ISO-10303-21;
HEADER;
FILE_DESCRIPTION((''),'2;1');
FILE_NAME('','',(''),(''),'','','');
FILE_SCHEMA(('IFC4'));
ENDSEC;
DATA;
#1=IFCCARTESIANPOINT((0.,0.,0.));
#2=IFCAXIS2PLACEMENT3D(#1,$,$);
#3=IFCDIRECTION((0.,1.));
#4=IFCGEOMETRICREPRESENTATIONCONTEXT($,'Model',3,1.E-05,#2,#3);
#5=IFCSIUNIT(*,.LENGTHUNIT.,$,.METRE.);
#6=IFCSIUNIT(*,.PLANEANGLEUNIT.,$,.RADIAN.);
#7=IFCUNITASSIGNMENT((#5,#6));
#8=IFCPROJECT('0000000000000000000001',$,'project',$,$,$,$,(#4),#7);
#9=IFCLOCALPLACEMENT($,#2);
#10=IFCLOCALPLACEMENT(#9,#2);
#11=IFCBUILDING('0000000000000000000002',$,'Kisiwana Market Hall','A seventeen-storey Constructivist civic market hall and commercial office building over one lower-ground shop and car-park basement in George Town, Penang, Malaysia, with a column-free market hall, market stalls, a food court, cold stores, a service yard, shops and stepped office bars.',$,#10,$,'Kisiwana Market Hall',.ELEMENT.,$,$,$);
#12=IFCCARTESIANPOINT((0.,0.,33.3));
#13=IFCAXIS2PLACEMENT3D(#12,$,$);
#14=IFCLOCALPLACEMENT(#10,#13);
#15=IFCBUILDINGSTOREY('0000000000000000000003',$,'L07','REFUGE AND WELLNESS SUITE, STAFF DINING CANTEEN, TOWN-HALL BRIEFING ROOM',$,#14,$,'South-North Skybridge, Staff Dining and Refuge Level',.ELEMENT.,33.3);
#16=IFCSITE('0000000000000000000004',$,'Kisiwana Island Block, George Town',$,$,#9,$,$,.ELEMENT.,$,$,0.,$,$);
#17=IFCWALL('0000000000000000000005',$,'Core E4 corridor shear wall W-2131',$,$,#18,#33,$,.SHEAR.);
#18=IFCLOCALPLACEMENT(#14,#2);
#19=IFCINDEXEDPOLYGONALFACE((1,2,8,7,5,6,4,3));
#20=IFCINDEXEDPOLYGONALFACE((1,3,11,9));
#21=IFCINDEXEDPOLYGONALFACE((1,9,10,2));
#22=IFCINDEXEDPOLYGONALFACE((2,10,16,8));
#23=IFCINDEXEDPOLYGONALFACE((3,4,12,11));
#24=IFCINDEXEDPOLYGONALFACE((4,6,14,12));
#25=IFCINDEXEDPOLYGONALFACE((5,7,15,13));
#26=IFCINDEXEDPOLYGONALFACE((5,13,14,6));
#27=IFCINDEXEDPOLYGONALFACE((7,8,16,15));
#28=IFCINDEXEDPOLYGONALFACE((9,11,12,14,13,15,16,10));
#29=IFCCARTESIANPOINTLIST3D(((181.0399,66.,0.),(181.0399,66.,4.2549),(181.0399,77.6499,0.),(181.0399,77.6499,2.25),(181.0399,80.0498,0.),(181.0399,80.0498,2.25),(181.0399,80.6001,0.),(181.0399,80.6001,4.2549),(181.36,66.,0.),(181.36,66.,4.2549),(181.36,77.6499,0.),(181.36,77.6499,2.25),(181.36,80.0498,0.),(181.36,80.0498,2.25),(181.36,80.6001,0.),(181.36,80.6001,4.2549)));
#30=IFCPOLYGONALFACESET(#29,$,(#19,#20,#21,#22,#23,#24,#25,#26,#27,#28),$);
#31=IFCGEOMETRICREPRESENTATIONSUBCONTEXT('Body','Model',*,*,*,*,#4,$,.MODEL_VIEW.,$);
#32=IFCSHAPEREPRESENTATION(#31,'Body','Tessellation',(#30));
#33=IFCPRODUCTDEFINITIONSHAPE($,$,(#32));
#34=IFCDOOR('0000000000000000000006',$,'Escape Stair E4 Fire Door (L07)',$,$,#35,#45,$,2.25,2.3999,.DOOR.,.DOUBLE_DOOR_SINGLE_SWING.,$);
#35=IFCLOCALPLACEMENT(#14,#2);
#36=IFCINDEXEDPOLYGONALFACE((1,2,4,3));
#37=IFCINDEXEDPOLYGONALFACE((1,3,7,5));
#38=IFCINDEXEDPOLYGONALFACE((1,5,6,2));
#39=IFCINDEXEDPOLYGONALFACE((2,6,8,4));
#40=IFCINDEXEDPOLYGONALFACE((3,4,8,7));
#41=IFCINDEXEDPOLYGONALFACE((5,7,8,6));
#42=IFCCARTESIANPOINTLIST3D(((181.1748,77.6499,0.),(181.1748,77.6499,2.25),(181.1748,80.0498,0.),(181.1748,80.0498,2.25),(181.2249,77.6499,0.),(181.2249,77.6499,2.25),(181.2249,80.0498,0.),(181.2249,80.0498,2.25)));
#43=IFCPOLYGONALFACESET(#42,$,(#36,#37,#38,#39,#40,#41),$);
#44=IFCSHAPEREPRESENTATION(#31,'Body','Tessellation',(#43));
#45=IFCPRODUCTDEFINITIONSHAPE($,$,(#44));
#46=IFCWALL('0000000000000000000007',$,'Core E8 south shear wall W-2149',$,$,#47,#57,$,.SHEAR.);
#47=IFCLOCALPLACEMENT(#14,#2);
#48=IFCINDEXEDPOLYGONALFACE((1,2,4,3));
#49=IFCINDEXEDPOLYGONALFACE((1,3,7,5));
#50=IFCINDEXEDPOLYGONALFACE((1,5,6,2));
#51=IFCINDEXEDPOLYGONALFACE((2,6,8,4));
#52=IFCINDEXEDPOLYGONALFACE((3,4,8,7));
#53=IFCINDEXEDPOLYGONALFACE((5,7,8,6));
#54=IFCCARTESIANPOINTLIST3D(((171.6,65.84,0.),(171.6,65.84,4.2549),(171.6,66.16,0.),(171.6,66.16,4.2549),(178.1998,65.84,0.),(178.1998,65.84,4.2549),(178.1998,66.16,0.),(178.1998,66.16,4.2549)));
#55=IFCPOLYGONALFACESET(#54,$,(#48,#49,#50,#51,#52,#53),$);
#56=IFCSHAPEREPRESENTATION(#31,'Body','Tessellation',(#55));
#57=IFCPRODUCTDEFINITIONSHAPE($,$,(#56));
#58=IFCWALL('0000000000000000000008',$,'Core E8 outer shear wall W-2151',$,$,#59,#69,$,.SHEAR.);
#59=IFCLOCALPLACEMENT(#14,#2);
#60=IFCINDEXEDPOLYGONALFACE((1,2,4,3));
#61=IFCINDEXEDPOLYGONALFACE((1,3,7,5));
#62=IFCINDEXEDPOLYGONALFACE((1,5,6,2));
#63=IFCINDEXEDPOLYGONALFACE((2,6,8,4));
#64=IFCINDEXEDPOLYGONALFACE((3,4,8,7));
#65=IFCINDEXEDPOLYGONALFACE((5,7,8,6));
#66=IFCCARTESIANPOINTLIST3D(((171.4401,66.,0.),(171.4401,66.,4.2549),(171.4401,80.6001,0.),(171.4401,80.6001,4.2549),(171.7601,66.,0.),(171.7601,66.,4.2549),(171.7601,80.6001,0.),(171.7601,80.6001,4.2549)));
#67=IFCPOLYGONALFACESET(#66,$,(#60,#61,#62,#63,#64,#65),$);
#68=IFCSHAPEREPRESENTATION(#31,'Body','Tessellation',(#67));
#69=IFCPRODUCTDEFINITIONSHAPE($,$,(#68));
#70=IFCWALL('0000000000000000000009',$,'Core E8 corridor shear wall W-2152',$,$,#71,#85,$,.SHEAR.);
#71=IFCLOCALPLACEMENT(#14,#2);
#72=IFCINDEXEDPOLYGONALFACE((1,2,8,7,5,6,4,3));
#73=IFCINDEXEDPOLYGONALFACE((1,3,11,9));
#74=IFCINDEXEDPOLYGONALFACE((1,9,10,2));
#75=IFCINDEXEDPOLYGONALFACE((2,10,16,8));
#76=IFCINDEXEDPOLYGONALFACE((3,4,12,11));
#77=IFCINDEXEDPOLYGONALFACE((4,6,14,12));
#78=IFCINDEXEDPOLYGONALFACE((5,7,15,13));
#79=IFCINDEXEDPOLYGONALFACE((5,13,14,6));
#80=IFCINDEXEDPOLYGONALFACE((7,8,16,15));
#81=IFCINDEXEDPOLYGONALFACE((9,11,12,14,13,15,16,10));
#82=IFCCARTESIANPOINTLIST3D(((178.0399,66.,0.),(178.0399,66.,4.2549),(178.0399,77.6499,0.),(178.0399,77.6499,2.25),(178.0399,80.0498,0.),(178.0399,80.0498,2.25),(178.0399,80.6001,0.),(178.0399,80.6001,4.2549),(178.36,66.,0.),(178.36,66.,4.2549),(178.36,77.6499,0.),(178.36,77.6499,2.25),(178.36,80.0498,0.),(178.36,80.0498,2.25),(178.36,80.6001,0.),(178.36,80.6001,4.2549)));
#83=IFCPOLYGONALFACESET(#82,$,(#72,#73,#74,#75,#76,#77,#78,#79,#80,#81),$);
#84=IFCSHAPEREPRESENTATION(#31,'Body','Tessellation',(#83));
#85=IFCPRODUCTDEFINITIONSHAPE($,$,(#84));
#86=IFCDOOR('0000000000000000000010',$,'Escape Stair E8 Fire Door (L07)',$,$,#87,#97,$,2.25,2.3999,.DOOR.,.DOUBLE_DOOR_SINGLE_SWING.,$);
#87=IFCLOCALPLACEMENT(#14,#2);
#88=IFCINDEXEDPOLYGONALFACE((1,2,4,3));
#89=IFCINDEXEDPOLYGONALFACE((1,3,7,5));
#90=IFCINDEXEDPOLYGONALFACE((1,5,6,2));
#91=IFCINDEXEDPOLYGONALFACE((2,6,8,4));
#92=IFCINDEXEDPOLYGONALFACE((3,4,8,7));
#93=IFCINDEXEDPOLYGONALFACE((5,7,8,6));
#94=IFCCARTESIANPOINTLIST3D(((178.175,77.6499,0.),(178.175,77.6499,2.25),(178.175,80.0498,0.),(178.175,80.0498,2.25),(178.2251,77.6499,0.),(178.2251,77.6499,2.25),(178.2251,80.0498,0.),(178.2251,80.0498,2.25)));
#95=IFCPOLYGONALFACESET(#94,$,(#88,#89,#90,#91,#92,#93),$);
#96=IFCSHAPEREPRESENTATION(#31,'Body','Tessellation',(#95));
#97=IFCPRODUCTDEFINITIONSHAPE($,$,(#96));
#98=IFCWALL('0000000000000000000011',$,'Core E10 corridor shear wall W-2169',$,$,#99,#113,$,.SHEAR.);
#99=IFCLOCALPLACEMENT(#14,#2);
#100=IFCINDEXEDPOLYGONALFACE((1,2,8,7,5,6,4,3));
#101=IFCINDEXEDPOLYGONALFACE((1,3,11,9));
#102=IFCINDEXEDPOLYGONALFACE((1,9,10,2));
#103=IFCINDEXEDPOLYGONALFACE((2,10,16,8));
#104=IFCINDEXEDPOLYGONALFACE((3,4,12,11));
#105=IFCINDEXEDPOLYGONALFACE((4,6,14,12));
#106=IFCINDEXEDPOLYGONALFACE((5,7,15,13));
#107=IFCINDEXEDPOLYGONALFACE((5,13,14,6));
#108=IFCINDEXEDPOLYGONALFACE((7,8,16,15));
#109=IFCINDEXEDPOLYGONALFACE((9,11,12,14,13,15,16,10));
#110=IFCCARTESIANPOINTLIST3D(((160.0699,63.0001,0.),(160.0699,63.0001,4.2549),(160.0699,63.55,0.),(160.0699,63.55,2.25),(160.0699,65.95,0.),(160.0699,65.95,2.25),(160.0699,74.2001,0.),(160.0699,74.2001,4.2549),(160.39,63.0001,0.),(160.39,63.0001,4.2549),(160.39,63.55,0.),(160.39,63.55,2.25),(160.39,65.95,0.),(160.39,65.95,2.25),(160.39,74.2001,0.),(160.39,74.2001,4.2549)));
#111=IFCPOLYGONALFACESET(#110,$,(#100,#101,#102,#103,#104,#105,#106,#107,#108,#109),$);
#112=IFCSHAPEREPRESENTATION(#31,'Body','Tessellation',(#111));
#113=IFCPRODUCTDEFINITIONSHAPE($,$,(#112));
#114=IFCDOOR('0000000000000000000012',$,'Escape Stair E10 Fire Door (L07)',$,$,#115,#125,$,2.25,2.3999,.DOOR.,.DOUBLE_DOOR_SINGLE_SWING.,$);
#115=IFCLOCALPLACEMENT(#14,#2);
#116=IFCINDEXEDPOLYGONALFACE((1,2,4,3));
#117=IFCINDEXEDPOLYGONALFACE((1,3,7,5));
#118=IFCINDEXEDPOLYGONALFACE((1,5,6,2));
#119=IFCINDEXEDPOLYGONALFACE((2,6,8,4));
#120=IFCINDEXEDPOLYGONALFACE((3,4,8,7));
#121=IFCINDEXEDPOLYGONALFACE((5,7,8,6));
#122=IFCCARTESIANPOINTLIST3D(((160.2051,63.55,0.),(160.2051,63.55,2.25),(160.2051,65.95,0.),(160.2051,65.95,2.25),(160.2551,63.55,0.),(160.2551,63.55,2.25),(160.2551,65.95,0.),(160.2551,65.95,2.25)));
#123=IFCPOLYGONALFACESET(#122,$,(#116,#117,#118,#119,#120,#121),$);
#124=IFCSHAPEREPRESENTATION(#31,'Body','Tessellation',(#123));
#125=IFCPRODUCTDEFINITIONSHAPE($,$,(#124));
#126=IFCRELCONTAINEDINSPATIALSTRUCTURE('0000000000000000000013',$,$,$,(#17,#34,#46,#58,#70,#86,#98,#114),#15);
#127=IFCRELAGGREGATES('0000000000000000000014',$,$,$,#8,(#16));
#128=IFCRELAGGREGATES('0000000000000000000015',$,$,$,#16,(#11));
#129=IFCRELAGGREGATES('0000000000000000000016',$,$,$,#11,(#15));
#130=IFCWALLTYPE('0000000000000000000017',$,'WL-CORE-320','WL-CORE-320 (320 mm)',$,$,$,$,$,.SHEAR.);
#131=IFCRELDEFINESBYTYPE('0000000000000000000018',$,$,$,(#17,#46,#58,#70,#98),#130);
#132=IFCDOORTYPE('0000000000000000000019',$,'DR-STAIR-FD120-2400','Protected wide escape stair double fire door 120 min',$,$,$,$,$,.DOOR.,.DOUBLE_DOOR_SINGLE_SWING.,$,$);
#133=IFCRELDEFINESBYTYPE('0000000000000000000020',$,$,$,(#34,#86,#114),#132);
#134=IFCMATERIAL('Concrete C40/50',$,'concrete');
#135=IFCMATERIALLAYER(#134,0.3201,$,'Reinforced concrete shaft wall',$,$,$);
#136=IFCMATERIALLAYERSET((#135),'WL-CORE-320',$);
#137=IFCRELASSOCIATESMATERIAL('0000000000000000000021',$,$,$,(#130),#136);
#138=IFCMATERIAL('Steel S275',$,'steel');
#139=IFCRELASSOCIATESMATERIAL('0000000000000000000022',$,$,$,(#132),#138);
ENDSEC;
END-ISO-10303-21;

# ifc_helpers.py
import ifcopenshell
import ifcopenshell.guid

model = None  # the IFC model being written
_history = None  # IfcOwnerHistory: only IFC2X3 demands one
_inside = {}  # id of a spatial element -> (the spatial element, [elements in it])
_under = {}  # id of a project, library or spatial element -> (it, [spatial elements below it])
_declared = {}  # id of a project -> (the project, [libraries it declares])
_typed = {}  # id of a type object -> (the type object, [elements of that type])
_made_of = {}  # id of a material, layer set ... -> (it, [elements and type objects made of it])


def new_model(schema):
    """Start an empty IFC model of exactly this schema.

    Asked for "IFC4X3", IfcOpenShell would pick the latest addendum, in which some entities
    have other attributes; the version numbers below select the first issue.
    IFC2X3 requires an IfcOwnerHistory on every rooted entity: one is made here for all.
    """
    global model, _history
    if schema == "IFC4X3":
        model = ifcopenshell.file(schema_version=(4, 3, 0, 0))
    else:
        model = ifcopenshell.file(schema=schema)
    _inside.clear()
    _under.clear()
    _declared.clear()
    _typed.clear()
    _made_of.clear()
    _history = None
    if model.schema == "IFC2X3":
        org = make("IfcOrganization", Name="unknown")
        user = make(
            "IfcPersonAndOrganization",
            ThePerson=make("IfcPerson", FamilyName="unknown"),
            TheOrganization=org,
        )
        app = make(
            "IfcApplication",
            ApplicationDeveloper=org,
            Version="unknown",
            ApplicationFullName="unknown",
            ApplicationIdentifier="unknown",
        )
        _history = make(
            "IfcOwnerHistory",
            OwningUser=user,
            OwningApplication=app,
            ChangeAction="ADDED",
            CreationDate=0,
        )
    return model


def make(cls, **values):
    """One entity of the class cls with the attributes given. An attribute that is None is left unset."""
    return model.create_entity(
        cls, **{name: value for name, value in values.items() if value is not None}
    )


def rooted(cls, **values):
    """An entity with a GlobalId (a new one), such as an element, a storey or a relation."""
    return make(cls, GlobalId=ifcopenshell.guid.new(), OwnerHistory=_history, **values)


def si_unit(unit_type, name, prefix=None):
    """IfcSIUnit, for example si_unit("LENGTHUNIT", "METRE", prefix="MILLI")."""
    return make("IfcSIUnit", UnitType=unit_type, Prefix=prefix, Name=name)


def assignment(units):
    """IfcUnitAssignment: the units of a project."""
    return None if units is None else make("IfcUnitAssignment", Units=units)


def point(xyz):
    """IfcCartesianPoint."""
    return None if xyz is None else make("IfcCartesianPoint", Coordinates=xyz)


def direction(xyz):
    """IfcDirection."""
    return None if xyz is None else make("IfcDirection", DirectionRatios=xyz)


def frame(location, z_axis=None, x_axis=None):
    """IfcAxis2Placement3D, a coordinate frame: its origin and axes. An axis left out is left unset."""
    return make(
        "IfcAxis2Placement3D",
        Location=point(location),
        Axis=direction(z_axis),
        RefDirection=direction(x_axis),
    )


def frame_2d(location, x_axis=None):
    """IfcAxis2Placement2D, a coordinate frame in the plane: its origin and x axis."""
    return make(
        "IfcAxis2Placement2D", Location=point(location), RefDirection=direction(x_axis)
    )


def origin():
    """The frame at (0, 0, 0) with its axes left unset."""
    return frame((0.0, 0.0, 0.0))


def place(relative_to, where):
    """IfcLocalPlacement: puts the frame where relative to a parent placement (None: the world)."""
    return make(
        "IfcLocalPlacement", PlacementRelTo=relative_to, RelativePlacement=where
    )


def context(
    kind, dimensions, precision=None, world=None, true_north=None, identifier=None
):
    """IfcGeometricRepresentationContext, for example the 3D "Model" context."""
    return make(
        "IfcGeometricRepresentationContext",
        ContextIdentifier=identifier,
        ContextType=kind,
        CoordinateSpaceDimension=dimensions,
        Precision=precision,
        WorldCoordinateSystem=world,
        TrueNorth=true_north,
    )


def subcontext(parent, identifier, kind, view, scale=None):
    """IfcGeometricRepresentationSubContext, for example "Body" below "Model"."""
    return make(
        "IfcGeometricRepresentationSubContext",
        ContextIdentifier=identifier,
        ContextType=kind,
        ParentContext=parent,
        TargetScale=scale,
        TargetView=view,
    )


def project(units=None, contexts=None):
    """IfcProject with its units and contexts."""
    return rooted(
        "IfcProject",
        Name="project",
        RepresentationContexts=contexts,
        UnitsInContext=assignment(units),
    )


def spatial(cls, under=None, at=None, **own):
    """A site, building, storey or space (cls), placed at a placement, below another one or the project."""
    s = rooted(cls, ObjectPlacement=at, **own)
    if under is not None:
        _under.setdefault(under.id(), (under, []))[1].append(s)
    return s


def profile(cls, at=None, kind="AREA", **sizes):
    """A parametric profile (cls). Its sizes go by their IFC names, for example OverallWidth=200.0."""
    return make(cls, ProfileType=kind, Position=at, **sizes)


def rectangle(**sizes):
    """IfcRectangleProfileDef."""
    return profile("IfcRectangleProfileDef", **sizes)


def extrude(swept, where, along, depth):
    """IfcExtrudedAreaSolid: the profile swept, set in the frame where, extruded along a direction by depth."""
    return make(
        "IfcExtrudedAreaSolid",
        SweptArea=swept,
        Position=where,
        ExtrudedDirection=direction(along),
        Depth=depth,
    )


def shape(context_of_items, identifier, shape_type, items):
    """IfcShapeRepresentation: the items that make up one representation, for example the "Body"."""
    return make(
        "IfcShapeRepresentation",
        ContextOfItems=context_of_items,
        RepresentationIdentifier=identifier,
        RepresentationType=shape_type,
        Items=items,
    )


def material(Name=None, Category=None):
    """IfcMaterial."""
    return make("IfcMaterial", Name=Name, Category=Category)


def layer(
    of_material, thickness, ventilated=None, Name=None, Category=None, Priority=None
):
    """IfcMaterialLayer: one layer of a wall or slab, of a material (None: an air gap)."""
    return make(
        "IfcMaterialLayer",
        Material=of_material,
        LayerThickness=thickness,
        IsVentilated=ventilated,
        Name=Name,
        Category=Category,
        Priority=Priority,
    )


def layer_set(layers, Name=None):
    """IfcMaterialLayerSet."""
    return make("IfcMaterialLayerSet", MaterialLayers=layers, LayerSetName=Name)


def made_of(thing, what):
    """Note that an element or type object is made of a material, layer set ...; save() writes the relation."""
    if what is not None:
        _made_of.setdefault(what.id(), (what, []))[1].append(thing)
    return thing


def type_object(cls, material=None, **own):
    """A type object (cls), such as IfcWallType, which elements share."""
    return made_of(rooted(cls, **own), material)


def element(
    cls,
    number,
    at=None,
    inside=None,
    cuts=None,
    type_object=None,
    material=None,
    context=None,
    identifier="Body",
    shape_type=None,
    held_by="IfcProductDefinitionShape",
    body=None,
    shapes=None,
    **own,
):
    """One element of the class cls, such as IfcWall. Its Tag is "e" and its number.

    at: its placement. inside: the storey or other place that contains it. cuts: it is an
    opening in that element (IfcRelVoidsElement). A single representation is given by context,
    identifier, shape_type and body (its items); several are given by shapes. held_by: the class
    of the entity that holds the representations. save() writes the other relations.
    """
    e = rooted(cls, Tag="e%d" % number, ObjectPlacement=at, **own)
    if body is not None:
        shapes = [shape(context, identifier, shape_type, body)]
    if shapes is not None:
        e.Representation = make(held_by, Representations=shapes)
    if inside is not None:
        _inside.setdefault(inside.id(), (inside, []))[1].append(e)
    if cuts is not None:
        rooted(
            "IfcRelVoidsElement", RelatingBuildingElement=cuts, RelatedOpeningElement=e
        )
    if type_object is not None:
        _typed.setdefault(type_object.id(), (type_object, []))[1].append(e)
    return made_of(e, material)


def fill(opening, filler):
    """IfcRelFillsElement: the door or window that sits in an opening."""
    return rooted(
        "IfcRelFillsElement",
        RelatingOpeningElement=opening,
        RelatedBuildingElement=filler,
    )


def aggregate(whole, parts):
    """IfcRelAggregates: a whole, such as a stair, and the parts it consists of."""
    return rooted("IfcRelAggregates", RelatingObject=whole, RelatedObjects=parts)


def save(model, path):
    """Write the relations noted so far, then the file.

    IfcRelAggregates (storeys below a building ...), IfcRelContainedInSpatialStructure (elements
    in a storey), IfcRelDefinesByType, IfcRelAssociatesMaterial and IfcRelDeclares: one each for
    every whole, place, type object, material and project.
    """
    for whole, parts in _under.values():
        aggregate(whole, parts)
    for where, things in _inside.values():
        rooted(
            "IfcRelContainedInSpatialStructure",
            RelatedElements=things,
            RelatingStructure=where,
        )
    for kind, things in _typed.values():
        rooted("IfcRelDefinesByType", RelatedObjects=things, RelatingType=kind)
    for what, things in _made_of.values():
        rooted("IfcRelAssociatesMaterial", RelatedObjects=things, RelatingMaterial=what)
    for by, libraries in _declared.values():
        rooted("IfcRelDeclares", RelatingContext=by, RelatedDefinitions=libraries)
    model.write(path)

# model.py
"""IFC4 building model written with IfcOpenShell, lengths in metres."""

from ifc_helpers import new_model, si_unit, direction, frame, frame_2d, origin, place, context, subcontext, project, spatial, rectangle, extrude, material, layer, layer_set, type_object, element, fill, save


model = new_model("IFC4")

# Units and contexts
model_context = context("Model", 3, precision=1e-05, world=origin(), true_north=direction((0.0, 1.0)))
body_context = subcontext(model_context, "Body", "Model", "MODEL_VIEW")
ifc_project = project(units=[si_unit("LENGTHUNIT", "METRE"), si_unit("PLANEANGLEUNIT", "RADIAN")], contexts=[model_context])

# Site, building, storey
site_placement = place(None, origin())
site = spatial("IfcSite", under=ifc_project, at=site_placement, Name="Kisiwana Island Block, George Town", CompositionType="ELEMENT", RefElevation=0.0)
building_placement = place(site_placement, origin())
building = spatial("IfcBuilding", under=site, at=building_placement, Name="Kisiwana Market Hall", Description="A seventeen-storey Constructivist civic market hall and commercial office building over one lower-ground shop and car-park basement in George Town, Penang, Malaysia, with a column-free market hall, market stalls, a food court, cold stores, a service yard, shops and stepped office bars.", LongName="Kisiwana Market Hall", CompositionType="ELEMENT")
storey_placement = place(building_placement, frame((0.0, 0.0, 33.3)))
storey = spatial("IfcBuildingStorey", under=building, at=storey_placement, Name="L07", Description="REFUGE AND WELLNESS SUITE, STAFF DINING CANTEEN, TOWN-HALL BRIEFING ROOM", LongName="South-North Skybridge, Staff Dining and Refuge Level", CompositionType="ELEMENT", Elevation=33.3)

# Shared definitions
ifc_material_1 = material(Name="Concrete C40/50", Category="concrete")
ifc_layer = layer(ifc_material_1, 0.3201, Name="Reinforced concrete shaft wall")
ifc_layer_set = layer_set([ifc_layer], Name="WL-CORE-320")
wall_type = type_object("IfcWallType", Name="WL-CORE-320", Description="WL-CORE-320 (320 mm)", PredefinedType="SHEAR", material=ifc_layer_set)

# Wall, opening, door
wall_1_placement = place(storey_placement, frame((181.2, 66.0, 0.0), z_axis=(0.0, 0.0, 1.0), x_axis=(0.0, 1.0, 0.0)))
wall_1 = element("IfcWall", 1, at=wall_1_placement, inside=storey, type_object=wall_type, Name="Core E4 corridor shear wall W-2131", PredefinedType="SHEAR", context=body_context, shape_type="SweptSolid", body=[
    extrude(rectangle(XDim=14.6001, YDim=0.3201, at=frame_2d((7.3, 0.0))), origin(), (0.0, 0.0, 1.0), 4.2549),
])
opening_1_placement = place(wall_1_placement, frame((11.6499, 0.0, 0.0)))
opening_1 = element("IfcOpeningElement", 2, at=opening_1_placement, cuts=wall_1, PredefinedType="OPENING", context=body_context, shape_type="SweptSolid", body=[
    extrude(rectangle(XDim=2.3999, YDim=2.25, at=frame_2d((1.2, 1.125))), frame((0.0, 0.1719, 0.0), z_axis=(0.0, -1.0, 0.0), x_axis=(1.0, 0.0, 0.0)), (0.0, 0.0, 1.0), 0.344),
])
ifc_material_2 = material(Name="Steel S275", Category="steel")
door_type = type_object("IfcDoorType", Name="DR-STAIR-FD120-2400", Description="Protected wide escape stair double fire door 120 min", OperationType="DOUBLE_DOOR_SINGLE_SWING", PredefinedType="DOOR", material=ifc_material_2)
door_1_placement = place(opening_1_placement, frame((2.3999, 0.0, 0.0), z_axis=(0.0, 0.0, 1.0), x_axis=(-1.0, 0.0, 0.0)))
door_1 = element("IfcDoor", 3, at=door_1_placement, inside=storey, type_object=door_type, Name="Escape Stair E4 Fire Door (L07)", OperationType="DOUBLE_DOOR_SINGLE_SWING", OverallHeight=2.25, OverallWidth=2.3999, PredefinedType="DOOR", context=body_context, shape_type="SweptSolid", body=[
    extrude(rectangle(XDim=2.3999, YDim=2.25, at=frame_2d((1.2, 1.125))), frame((0.0, 0.0249, 0.0), z_axis=(0.0, -1.0, 0.0), x_axis=(1.0, 0.0, 0.0)), (0.0, 0.0, 1.0), 0.05),
])
fill(opening_1, door_1)

# Walls
wall_2_placement = place(storey_placement, frame((171.6001, 66.0, 0.0), z_axis=(0.0, 0.0, 1.0), x_axis=(1.0, 0.0, 0.0)))
element("IfcWall", 4, at=wall_2_placement, inside=storey, type_object=wall_type, Name="Core E8 south shear wall W-2149", PredefinedType="SHEAR", context=body_context, shape_type="SweptSolid", body=[
    extrude(rectangle(XDim=6.5999, YDim=0.3201, at=frame_2d((3.2998, 0.0))), origin(), (0.0, 0.0, 1.0), 4.2549),
])
wall_3_placement = place(storey_placement, frame((171.6001, 66.0, 0.0), z_axis=(0.0, 0.0, 1.0), x_axis=(0.0, 1.0, 0.0)))
element("IfcWall", 5, at=wall_3_placement, inside=storey, type_object=wall_type, Name="Core E8 outer shear wall W-2151", PredefinedType="SHEAR", context=body_context, shape_type="SweptSolid", body=[
    extrude(rectangle(XDim=14.6001, YDim=0.3201, at=frame_2d((7.3, 0.0))), origin(), (0.0, 0.0, 1.0), 4.2549),
])

# Walls, openings, doors
wall_4_placement = place(storey_placement, frame((178.2, 66.0, 0.0), z_axis=(0.0, 0.0, 1.0), x_axis=(0.0, 1.0, 0.0)))
wall_4 = element("IfcWall", 6, at=wall_4_placement, inside=storey, type_object=wall_type, Name="Core E8 corridor shear wall W-2152", PredefinedType="SHEAR", context=body_context, shape_type="SweptSolid", body=[
    extrude(rectangle(XDim=14.6001, YDim=0.3201, at=frame_2d((7.3, 0.0))), origin(), (0.0, 0.0, 1.0), 4.2549),
])
opening_2_placement = place(wall_4_placement, frame((11.6499, 0.0, 0.0)))
opening_2 = element("IfcOpeningElement", 7, at=opening_2_placement, cuts=wall_4, PredefinedType="OPENING", context=body_context, shape_type="SweptSolid", body=[
    extrude(rectangle(XDim=2.3999, YDim=2.25, at=frame_2d((1.2, 1.125))), frame((0.0, 0.1719, 0.0), z_axis=(0.0, -1.0, 0.0), x_axis=(1.0, 0.0, 0.0)), (0.0, 0.0, 1.0), 0.344),
])
door_2_placement = place(opening_2_placement, origin())
door_2 = element("IfcDoor", 8, at=door_2_placement, inside=storey, type_object=door_type, Name="Escape Stair E8 Fire Door (L07)", OperationType="DOUBLE_DOOR_SINGLE_SWING", OverallHeight=2.25, OverallWidth=2.3999, PredefinedType="DOOR", context=body_context, shape_type="SweptSolid", body=[
    extrude(rectangle(XDim=2.3999, YDim=2.25, at=frame_2d((1.2, 1.125))), frame((0.0, 0.0249, 0.0), z_axis=(0.0, -1.0, 0.0), x_axis=(1.0, 0.0, 0.0)), (0.0, 0.0, 1.0), 0.05),
])
fill(opening_2, door_2)
wall_5_placement = place(storey_placement, frame((160.23, 63.0, 0.0), z_axis=(0.0, 0.0, 1.0), x_axis=(0.0, 1.0, 0.0)))
wall_5 = element("IfcWall", 9, at=wall_5_placement, inside=storey, type_object=wall_type, Name="Core E10 corridor shear wall W-2169", PredefinedType="SHEAR", context=body_context, shape_type="SweptSolid", body=[
    extrude(rectangle(XDim=11.2, YDim=0.3201, at=frame_2d((5.6001, 0.0))), origin(), (0.0, 0.0, 1.0), 4.2549),
])
opening_3_placement = place(wall_5_placement, frame((0.55, 0.0, 0.0)))
opening_3 = element("IfcOpeningElement", 10, at=opening_3_placement, cuts=wall_5, PredefinedType="OPENING", context=body_context, shape_type="SweptSolid", body=[
    extrude(rectangle(XDim=2.3999, YDim=2.25, at=frame_2d((1.2, 1.125))), frame((0.0, 0.1719, 0.0), z_axis=(0.0, -1.0, 0.0), x_axis=(1.0, 0.0, 0.0)), (0.0, 0.0, 1.0), 0.344),
])
door_3_placement = place(opening_3_placement, origin())
door_3 = element("IfcDoor", 11, at=door_3_placement, inside=storey, type_object=door_type, Name="Escape Stair E10 Fire Door (L07)", OperationType="DOUBLE_DOOR_SINGLE_SWING", OverallHeight=2.25, OverallWidth=2.3999, PredefinedType="DOOR", context=body_context, shape_type="SweptSolid", body=[
    extrude(rectangle(XDim=2.3999, YDim=2.25, at=frame_2d((1.2, 1.125))), frame((0.0, 0.0249, 0.0), z_axis=(0.0, -1.0, 0.0), x_axis=(1.0, 0.0, 0.0)), (0.0, 0.0, 1.0), 0.05),
])
fill(opening_3, door_3)

save(model, "model.ifc")
